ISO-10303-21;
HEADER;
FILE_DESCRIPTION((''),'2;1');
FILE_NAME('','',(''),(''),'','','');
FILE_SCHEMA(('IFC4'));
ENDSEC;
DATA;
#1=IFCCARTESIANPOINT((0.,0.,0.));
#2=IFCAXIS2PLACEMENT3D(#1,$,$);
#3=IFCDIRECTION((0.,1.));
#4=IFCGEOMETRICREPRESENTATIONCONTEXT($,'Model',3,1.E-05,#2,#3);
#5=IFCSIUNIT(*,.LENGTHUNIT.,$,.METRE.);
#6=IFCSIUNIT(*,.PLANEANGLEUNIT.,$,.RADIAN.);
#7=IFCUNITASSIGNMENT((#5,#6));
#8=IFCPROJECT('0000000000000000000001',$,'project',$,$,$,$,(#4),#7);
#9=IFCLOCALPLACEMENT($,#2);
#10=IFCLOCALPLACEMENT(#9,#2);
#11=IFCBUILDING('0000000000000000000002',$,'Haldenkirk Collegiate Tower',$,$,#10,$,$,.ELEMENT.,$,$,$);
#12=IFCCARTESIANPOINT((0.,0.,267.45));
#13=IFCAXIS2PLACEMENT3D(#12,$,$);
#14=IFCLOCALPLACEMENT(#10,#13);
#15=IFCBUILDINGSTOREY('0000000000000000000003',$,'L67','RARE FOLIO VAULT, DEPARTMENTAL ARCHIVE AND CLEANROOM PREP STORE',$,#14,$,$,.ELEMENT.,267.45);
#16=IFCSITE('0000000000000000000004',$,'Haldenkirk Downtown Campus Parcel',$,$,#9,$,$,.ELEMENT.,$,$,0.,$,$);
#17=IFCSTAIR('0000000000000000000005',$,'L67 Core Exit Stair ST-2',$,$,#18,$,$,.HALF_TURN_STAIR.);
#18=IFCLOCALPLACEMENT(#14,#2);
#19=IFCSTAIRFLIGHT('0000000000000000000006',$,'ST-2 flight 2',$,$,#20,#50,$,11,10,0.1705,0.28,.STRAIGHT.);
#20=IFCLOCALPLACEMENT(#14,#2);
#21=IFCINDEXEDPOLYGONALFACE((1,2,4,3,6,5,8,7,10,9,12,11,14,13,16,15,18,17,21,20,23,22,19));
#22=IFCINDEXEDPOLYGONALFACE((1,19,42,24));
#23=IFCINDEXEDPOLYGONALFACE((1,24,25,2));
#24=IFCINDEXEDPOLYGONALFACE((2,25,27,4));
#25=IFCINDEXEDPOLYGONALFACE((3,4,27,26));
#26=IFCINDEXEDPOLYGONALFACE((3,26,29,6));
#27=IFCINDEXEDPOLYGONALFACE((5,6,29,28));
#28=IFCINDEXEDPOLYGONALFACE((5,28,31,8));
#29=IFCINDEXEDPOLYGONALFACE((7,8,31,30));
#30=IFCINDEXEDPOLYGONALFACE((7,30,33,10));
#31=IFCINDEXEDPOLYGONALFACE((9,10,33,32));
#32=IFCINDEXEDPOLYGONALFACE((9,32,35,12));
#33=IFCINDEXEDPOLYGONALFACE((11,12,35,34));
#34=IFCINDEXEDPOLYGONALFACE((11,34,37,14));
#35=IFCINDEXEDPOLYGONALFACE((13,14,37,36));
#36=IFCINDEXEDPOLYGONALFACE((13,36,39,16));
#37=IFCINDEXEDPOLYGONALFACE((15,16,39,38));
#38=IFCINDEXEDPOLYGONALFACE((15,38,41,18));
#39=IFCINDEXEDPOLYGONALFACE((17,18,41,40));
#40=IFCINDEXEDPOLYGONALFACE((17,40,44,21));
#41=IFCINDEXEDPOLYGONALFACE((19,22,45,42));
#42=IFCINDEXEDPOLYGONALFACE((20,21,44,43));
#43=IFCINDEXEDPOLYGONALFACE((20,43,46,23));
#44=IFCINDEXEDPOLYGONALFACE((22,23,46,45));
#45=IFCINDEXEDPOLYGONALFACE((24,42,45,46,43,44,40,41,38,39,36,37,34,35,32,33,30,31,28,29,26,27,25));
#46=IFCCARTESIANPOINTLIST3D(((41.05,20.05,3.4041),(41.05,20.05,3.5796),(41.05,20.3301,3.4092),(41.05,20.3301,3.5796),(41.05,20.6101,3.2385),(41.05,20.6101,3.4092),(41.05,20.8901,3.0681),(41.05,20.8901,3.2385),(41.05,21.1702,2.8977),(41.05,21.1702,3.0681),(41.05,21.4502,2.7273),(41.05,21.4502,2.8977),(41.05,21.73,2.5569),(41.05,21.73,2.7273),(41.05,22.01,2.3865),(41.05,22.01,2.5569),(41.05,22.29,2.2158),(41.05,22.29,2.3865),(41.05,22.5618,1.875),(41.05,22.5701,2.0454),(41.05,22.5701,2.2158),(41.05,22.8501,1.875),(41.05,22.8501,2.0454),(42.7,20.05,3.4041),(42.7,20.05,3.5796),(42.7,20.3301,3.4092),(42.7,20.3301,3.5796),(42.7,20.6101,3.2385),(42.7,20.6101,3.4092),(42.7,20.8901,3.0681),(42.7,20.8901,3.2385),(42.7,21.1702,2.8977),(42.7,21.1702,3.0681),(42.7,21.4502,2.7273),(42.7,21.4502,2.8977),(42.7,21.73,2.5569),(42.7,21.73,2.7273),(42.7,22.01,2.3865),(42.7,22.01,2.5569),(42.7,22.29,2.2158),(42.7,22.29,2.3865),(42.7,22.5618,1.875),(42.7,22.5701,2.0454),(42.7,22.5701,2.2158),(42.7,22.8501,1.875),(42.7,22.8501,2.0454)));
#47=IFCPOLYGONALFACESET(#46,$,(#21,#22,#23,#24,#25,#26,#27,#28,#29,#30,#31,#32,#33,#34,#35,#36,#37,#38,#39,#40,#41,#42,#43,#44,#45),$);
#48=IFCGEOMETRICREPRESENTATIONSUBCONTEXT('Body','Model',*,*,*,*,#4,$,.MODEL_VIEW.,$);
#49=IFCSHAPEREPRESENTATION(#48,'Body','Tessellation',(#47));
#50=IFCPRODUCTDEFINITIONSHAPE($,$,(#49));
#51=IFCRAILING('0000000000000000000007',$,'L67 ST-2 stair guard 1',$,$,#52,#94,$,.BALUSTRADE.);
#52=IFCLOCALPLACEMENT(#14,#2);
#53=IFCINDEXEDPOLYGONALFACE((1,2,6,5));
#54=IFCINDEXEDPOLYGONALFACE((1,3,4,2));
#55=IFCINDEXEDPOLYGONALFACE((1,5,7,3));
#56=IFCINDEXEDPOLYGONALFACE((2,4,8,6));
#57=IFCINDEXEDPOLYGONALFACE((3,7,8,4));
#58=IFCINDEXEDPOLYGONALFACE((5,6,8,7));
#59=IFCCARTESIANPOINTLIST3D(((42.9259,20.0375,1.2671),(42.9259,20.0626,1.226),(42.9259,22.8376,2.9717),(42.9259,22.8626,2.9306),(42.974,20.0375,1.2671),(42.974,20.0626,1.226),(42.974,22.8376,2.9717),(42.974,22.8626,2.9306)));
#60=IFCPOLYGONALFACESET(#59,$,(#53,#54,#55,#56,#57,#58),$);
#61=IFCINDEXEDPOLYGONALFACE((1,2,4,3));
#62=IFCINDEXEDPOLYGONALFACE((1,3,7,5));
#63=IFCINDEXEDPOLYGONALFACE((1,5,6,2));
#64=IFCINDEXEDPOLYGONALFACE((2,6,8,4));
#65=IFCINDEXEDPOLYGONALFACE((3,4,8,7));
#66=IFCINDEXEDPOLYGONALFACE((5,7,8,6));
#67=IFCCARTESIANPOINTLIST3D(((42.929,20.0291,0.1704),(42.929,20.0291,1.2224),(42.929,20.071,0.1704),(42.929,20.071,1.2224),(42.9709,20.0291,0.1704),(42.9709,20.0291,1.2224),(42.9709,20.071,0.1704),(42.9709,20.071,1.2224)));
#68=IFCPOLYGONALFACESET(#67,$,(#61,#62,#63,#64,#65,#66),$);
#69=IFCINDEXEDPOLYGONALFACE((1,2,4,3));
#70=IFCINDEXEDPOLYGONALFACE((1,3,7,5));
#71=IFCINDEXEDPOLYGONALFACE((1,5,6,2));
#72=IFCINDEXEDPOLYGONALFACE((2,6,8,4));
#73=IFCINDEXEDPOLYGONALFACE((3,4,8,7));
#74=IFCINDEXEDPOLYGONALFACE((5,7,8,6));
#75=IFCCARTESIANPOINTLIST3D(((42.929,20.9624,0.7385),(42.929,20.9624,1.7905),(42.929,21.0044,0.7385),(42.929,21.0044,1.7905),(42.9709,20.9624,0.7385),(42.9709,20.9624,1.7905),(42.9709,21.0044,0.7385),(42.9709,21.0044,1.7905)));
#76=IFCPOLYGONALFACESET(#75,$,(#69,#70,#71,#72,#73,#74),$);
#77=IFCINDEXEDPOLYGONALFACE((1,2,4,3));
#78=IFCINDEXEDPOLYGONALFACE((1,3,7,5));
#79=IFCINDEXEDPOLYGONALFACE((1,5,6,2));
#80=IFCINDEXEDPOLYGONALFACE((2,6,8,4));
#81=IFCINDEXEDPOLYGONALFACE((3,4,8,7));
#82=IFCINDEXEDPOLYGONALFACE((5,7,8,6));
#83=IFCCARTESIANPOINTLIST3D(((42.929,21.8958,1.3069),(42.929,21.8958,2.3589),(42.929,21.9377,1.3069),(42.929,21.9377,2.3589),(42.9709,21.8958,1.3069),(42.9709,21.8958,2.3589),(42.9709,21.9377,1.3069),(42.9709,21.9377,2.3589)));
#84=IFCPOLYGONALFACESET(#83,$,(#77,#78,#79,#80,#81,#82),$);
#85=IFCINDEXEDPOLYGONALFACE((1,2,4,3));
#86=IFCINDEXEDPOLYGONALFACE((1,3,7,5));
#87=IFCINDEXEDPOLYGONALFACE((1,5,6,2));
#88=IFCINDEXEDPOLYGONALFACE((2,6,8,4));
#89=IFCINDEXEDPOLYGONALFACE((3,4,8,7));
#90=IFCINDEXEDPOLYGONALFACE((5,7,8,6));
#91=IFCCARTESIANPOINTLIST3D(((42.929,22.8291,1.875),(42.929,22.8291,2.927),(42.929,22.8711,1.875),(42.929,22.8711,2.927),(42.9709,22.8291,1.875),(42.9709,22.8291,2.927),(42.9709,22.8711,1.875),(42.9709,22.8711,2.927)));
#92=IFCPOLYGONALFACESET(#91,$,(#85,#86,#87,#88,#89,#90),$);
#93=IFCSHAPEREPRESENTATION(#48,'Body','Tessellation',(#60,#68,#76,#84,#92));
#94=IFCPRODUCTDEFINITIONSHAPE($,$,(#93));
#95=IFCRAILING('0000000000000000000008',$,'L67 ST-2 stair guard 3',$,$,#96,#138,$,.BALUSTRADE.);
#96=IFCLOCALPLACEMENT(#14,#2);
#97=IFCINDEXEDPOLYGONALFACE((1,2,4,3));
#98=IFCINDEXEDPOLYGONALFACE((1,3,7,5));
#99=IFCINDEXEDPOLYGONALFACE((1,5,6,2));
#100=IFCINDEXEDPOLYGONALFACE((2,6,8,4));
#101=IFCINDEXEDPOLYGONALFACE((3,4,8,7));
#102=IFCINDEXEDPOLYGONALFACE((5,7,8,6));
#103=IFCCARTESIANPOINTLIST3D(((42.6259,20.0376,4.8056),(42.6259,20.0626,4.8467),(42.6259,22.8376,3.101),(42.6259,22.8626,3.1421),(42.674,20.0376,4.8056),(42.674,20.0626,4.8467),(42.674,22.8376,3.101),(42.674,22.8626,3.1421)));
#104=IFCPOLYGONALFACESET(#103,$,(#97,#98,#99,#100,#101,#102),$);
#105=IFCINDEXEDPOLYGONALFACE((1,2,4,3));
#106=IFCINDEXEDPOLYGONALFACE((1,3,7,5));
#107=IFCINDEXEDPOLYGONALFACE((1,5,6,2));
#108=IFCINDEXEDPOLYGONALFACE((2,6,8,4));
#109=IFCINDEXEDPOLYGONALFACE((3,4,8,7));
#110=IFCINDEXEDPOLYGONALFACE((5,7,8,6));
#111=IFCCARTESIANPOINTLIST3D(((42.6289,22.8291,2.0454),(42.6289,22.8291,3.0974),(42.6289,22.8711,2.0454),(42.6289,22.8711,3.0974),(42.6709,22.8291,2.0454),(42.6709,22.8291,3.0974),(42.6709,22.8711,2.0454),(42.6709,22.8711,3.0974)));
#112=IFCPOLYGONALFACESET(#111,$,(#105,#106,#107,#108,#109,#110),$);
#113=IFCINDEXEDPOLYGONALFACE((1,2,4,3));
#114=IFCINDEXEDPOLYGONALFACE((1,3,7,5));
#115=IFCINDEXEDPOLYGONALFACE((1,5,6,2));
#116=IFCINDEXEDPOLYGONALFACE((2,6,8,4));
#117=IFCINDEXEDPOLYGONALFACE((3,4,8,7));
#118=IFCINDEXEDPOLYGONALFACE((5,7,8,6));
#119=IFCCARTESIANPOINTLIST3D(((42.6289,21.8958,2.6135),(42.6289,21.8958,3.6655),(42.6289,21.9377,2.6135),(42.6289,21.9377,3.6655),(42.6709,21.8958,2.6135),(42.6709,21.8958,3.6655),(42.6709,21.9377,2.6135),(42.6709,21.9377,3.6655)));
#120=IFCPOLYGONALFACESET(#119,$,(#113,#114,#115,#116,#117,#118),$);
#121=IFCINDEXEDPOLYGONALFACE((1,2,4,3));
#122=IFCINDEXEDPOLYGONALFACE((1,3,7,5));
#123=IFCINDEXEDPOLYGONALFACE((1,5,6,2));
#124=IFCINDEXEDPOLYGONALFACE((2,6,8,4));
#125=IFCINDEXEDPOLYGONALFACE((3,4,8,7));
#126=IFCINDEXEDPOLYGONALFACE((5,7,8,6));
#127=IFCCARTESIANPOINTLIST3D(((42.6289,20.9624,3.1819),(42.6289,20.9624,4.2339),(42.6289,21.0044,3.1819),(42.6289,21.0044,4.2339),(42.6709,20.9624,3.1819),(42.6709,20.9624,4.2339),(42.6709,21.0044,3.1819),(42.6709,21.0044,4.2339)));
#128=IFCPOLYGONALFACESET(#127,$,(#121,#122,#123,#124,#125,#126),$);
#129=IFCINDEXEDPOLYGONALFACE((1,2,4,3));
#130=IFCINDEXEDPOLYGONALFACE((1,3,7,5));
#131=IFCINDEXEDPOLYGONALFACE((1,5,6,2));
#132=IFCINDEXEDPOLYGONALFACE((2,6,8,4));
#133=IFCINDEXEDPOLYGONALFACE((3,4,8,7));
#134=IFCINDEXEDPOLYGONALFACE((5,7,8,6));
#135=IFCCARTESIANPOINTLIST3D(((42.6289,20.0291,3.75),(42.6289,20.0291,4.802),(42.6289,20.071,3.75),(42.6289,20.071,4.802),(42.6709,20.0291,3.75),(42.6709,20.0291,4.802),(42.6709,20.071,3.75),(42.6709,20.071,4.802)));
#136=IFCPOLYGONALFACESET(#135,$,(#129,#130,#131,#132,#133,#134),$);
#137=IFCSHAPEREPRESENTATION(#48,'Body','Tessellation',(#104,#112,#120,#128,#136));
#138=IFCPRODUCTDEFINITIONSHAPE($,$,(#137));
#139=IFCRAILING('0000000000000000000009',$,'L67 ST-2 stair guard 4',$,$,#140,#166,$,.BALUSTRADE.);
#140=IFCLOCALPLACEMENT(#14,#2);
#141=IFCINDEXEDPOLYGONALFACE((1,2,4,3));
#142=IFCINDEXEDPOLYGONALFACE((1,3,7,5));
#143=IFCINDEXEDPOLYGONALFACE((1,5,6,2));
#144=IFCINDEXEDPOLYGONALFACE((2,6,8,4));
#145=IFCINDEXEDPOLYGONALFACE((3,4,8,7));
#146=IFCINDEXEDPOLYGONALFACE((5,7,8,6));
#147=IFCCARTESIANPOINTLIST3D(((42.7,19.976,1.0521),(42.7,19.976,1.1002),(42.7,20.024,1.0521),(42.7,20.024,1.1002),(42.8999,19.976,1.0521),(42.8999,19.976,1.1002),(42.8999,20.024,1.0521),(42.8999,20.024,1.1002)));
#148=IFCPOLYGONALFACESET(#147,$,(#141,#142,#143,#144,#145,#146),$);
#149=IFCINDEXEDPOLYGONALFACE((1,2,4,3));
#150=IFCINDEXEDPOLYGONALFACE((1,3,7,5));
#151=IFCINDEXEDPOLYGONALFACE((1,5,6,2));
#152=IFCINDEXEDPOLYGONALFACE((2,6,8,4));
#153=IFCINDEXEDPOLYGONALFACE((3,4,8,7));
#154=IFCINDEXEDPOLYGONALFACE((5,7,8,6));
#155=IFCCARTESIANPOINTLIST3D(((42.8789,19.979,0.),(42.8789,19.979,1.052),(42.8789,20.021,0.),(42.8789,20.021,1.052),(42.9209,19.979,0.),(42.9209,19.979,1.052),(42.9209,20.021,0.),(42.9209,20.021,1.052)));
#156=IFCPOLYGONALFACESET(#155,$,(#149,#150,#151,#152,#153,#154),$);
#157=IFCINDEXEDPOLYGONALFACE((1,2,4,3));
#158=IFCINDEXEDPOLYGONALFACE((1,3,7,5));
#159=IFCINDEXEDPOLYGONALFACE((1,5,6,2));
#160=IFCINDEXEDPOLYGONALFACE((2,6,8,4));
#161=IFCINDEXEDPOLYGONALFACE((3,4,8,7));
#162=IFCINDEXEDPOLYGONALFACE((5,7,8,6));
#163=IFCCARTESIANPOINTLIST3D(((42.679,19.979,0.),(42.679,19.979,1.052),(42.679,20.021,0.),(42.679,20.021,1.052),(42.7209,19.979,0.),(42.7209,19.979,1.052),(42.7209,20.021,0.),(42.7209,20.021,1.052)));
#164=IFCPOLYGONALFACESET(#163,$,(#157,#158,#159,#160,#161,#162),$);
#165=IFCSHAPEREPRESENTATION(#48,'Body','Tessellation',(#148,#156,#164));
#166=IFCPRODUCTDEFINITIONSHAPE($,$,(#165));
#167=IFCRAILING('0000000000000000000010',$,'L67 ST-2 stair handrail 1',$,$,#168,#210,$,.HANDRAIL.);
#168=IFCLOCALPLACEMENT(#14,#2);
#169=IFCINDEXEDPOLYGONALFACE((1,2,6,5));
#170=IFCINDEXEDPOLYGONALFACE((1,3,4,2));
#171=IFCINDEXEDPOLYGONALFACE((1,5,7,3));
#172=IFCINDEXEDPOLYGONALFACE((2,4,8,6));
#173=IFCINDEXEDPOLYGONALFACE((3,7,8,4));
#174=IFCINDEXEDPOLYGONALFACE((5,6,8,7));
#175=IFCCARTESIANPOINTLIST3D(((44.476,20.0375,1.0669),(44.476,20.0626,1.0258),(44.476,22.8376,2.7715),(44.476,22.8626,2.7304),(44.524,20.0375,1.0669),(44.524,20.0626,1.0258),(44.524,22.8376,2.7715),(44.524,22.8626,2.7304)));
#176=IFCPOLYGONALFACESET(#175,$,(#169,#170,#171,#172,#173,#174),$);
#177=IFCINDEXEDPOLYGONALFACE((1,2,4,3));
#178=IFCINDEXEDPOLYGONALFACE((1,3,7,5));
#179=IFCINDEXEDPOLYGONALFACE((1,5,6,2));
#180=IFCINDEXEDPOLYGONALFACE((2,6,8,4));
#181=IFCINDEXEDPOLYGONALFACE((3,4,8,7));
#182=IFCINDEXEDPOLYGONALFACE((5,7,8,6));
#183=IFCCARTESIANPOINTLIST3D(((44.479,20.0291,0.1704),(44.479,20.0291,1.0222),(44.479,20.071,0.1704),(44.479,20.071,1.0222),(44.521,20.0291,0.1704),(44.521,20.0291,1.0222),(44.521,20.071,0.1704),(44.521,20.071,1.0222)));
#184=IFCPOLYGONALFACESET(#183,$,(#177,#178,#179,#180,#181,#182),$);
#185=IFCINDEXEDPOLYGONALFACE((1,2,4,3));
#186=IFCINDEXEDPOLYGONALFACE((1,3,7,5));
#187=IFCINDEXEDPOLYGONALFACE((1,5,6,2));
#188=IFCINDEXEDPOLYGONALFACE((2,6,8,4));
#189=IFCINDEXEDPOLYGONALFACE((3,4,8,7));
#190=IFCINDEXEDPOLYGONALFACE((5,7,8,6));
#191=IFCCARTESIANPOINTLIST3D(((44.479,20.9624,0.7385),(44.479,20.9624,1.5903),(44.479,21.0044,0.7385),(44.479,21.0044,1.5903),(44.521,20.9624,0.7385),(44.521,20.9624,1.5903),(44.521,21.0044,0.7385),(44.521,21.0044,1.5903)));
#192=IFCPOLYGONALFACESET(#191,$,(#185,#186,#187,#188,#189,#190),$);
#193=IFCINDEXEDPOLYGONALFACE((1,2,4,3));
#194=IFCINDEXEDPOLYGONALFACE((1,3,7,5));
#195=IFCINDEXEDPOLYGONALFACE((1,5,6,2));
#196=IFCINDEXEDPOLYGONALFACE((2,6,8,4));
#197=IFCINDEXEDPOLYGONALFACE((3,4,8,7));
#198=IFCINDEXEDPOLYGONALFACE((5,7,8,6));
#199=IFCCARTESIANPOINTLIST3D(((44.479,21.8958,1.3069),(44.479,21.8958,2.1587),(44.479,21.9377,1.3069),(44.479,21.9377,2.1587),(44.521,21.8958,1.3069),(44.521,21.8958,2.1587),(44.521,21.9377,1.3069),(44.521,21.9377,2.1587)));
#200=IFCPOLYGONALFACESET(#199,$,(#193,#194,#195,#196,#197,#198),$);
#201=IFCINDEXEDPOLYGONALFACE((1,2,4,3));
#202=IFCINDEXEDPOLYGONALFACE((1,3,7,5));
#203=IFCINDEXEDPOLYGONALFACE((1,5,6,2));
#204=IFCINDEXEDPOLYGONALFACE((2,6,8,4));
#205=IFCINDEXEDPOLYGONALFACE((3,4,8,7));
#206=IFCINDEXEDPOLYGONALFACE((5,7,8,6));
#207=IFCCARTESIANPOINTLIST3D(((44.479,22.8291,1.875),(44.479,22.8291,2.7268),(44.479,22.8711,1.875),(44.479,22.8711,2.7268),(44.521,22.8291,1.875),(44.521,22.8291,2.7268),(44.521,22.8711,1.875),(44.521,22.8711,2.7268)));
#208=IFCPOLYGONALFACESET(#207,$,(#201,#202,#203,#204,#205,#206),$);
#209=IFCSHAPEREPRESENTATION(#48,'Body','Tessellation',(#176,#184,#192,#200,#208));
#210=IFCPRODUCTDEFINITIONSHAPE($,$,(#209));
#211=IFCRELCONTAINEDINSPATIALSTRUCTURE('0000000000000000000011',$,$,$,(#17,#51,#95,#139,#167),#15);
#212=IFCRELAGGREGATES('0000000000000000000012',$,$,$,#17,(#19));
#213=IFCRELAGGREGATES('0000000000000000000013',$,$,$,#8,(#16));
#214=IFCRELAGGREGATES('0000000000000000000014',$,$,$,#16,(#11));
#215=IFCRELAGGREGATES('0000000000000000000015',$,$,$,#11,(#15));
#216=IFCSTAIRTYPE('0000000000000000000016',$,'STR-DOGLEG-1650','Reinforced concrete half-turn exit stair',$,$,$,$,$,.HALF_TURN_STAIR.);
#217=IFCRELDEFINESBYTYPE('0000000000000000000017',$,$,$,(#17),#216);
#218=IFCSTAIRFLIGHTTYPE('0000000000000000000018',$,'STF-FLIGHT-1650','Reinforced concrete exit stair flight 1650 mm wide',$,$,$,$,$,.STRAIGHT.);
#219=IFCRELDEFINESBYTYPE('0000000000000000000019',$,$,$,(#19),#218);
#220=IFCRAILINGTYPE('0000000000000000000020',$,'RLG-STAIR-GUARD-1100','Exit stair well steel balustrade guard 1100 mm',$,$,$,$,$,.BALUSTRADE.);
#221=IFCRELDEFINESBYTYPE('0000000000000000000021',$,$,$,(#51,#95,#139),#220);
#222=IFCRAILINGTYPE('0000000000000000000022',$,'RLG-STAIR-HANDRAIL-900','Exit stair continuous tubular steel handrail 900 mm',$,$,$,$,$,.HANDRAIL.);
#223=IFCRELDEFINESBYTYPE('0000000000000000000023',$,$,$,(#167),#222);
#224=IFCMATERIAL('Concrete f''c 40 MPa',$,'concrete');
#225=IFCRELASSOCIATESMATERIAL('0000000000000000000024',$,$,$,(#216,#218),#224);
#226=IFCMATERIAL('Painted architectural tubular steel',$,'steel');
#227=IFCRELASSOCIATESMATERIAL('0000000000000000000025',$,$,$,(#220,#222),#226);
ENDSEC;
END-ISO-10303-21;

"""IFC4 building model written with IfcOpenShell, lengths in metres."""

from ifc_helpers import new_model, si_unit, direction, frame, origin, origin_2d, place, context, subcontext, project, spatial, polyline, rectangle, outline, extrude, material, type_object, element, aggregate, save


model = new_model("IFC4")

# Units and contexts
model_context = context("Model", 3, precision=1e-05, world=origin(), true_north=direction((0.0, 1.0)))
body_context = subcontext(model_context, "Body", "Model", "MODEL_VIEW")
ifc_project = project(units=[si_unit("LENGTHUNIT", "METRE"), si_unit("PLANEANGLEUNIT", "RADIAN")], contexts=[model_context])

# Site, building, storey
site_placement = place(None, origin())
site = spatial("IfcSite", under=ifc_project, at=site_placement, Name="Haldenkirk Downtown Campus Parcel", CompositionType="ELEMENT", RefElevation=0.0)
building_placement = place(site_placement, origin())
building = spatial("IfcBuilding", under=site, at=building_placement, Name="Haldenkirk Collegiate Tower", CompositionType="ELEMENT")
storey_placement = place(building_placement, frame((0.0, 0.0, 267.45)))
storey = spatial("IfcBuildingStorey", under=building, at=storey_placement, Name="L67", Description="RARE FOLIO VAULT, DEPARTMENTAL ARCHIVE AND CLEANROOM PREP STORE", CompositionType="ELEMENT", Elevation=267.45)

# Stair, stair flight
ifc_material_1 = material(Name="Concrete f'c 40 MPa", Category="concrete")
stair_type = type_object("IfcStairType", Name="STR-DOGLEG-1650", Description="Reinforced concrete half-turn exit stair", PredefinedType="HALF_TURN_STAIR", material=ifc_material_1)
stair_placement = place(storey_placement, origin())
stair = element("IfcStair", 1, at=stair_placement, inside=storey, type_object=stair_type, Name="L67 Core Exit Stair ST-2", PredefinedType="HALF_TURN_STAIR")
stair_flight_type = type_object("IfcStairFlightType", Name="STF-FLIGHT-1650", Description="Reinforced concrete exit stair flight 1650 mm wide", PredefinedType="STRAIGHT", material=ifc_material_1)
stair_flight_1_placement = place(storey_placement, frame((41.875, 22.8501, 1.875), z_axis=(0.0, 0.0, 1.0), x_axis=(0.0, -1.0, 0.0)))
stair_flight_1 = element("IfcStairFlight", 2, at=stair_flight_1_placement, type_object=stair_flight_type, Name="ST-2 flight 2", NumberOfRisers=11, NumberOfTreads=10, PredefinedType="STRAIGHT", RiserHeight=0.1705, TreadLength=0.28, context=body_context, shape_type="SweptSolid", body=[
    extrude(outline(polyline([(0.0, 0.0), (0.0, 0.1704), (0.28, 0.1704), (0.28, 0.3408), (0.5601, 0.3408), (0.5601, 0.5115), (0.8401, 0.5115), (0.8401, 0.6819), (1.1201, 0.6819), (1.1201, 0.8523), (1.3999, 0.8523), (1.3999, 1.0227), (1.6799, 1.0227), (1.6799, 1.1931), (1.96, 1.1931), (1.96, 1.3635), (2.24, 1.3635), (2.24, 1.5342), (2.52, 1.5342), (2.52, 1.7046), (2.8, 1.7046), (2.8, 1.875), (2.8, 1.5291), (0.2883, 0.0), (0.0, 0.0)])), frame((0.0, 0.825, 0.0), z_axis=(0.0, -1.0, 0.0), x_axis=(1.0, 0.0, 0.0)), (0.0, 0.0, 1.0), 1.6499),
])
aggregate(stair, [stair_flight_1])

# Railings
ifc_material_2 = material(Name="Painted architectural tubular steel", Category="steel")
railing_type_1 = type_object("IfcRailingType", Name="RLG-STAIR-GUARD-1100", Description="Exit stair well steel balustrade guard 1100 mm", PredefinedType="BALUSTRADE", material=ifc_material_2)
railing_1_placement = place(storey_placement, frame((42.95, 20.05, 0.1704)))
element("IfcRailing", 3, at=railing_1_placement, inside=storey, type_object=railing_type_1, Name="L67 ST-2 stair guard 1", PredefinedType="BALUSTRADE", context=body_context, shape_type="SweptSolid", body=[
    extrude(rectangle(XDim=0.0481, YDim=0.0481, at=origin_2d()), frame((0.0, 0.0, 1.0762), z_axis=(0.0, 0.85417, 0.519994), x_axis=(-1.0, 0.0, 0.0)), (0.0, 0.0, 1.0), 3.2781),
    extrude(rectangle(XDim=0.042, YDim=0.042, at=origin_2d()), origin(), (0.0, 0.0, 1.0), 1.052),
    extrude(rectangle(XDim=0.042, YDim=0.042, at=origin_2d()), frame((0.0, 0.9333, 0.5681)), (0.0, 0.0, 1.0), 1.052),
    extrude(rectangle(XDim=0.042, YDim=0.042, at=origin_2d()), frame((0.0, 1.8667, 1.1365)), (0.0, 0.0, 1.0), 1.052),
    extrude(rectangle(XDim=0.042, YDim=0.042, at=origin_2d()), frame((0.0, 2.8, 1.7046)), (0.0, 0.0, 1.0), 1.052),
])
railing_2_placement = place(storey_placement, frame((42.6499, 22.8501, 2.0454)))
element("IfcRailing", 4, at=railing_2_placement, inside=storey, type_object=railing_type_1, Name="L67 ST-2 stair guard 3", PredefinedType="BALUSTRADE", context=body_context, shape_type="SweptSolid", body=[
    extrude(rectangle(XDim=0.0481, YDim=0.0481, at=origin_2d()), frame((0.0, 0.0, 1.0762), z_axis=(0.0, -0.85417, 0.519994), x_axis=(1.0, 0.0, 0.0)), (0.0, 0.0, 1.0), 3.2781),
    extrude(rectangle(XDim=0.042, YDim=0.042, at=origin_2d()), origin(), (0.0, 0.0, 1.0), 1.052),
    extrude(rectangle(XDim=0.042, YDim=0.042, at=origin_2d()), frame((0.0, -0.9333, 0.5681)), (0.0, 0.0, 1.0), 1.052),
    extrude(rectangle(XDim=0.042, YDim=0.042, at=origin_2d()), frame((0.0, -1.8667, 1.1365)), (0.0, 0.0, 1.0), 1.052),
    extrude(rectangle(XDim=0.042, YDim=0.042, at=origin_2d()), frame((0.0, -2.8, 1.7046)), (0.0, 0.0, 1.0), 1.052),
])
railing_3_placement = place(storey_placement, frame((42.8999, 20.0, 0.0)))
element("IfcRailing", 5, at=railing_3_placement, inside=storey, type_object=railing_type_1, Name="L67 ST-2 stair guard 4", PredefinedType="BALUSTRADE", context=body_context, shape_type="SweptSolid", body=[
    extrude(rectangle(XDim=0.0481, YDim=0.0481, at=origin_2d()), frame((0.0, 0.0, 1.0762), z_axis=(-1.0, 0.0, 0.0), x_axis=(0.0, -1.0, 0.0)), (0.0, 0.0, 1.0), 0.2),
    extrude(rectangle(XDim=0.042, YDim=0.042, at=origin_2d()), origin(), (0.0, 0.0, 1.0), 1.052),
    extrude(rectangle(XDim=0.042, YDim=0.042, at=origin_2d()), frame((-0.2, 0.0, 0.0)), (0.0, 0.0, 1.0), 1.052),
])
railing_type_2 = type_object("IfcRailingType", Name="RLG-STAIR-HANDRAIL-900", Description="Exit stair continuous tubular steel handrail 900 mm", PredefinedType="HANDRAIL", material=ifc_material_2)
railing_4_placement = place(storey_placement, frame((44.5, 20.05, 0.1704)))
element("IfcRailing", 6, at=railing_4_placement, inside=storey, type_object=railing_type_2, Name="L67 ST-2 stair handrail 1", PredefinedType="HANDRAIL", context=body_context, shape_type="SweptSolid", body=[
    extrude(rectangle(XDim=0.0481, YDim=0.0481, at=origin_2d()), frame((0.0, 0.0, 0.876), z_axis=(0.0, 0.85417, 0.519994), x_axis=(-1.0, 0.0, 0.0)), (0.0, 0.0, 1.0), 3.2781),
    extrude(rectangle(XDim=0.042, YDim=0.042, at=origin_2d()), origin(), (0.0, 0.0, 1.0), 0.8518),
    extrude(rectangle(XDim=0.042, YDim=0.042, at=origin_2d()), frame((0.0, 0.9333, 0.5681)), (0.0, 0.0, 1.0), 0.8518),
    extrude(rectangle(XDim=0.042, YDim=0.042, at=origin_2d()), frame((0.0, 1.8667, 1.1365)), (0.0, 0.0, 1.0), 0.8518),
    extrude(rectangle(XDim=0.042, YDim=0.042, at=origin_2d()), frame((0.0, 2.8, 1.7046)), (0.0, 0.0, 1.0), 0.8518),
])

save(model, "model.ifc")
